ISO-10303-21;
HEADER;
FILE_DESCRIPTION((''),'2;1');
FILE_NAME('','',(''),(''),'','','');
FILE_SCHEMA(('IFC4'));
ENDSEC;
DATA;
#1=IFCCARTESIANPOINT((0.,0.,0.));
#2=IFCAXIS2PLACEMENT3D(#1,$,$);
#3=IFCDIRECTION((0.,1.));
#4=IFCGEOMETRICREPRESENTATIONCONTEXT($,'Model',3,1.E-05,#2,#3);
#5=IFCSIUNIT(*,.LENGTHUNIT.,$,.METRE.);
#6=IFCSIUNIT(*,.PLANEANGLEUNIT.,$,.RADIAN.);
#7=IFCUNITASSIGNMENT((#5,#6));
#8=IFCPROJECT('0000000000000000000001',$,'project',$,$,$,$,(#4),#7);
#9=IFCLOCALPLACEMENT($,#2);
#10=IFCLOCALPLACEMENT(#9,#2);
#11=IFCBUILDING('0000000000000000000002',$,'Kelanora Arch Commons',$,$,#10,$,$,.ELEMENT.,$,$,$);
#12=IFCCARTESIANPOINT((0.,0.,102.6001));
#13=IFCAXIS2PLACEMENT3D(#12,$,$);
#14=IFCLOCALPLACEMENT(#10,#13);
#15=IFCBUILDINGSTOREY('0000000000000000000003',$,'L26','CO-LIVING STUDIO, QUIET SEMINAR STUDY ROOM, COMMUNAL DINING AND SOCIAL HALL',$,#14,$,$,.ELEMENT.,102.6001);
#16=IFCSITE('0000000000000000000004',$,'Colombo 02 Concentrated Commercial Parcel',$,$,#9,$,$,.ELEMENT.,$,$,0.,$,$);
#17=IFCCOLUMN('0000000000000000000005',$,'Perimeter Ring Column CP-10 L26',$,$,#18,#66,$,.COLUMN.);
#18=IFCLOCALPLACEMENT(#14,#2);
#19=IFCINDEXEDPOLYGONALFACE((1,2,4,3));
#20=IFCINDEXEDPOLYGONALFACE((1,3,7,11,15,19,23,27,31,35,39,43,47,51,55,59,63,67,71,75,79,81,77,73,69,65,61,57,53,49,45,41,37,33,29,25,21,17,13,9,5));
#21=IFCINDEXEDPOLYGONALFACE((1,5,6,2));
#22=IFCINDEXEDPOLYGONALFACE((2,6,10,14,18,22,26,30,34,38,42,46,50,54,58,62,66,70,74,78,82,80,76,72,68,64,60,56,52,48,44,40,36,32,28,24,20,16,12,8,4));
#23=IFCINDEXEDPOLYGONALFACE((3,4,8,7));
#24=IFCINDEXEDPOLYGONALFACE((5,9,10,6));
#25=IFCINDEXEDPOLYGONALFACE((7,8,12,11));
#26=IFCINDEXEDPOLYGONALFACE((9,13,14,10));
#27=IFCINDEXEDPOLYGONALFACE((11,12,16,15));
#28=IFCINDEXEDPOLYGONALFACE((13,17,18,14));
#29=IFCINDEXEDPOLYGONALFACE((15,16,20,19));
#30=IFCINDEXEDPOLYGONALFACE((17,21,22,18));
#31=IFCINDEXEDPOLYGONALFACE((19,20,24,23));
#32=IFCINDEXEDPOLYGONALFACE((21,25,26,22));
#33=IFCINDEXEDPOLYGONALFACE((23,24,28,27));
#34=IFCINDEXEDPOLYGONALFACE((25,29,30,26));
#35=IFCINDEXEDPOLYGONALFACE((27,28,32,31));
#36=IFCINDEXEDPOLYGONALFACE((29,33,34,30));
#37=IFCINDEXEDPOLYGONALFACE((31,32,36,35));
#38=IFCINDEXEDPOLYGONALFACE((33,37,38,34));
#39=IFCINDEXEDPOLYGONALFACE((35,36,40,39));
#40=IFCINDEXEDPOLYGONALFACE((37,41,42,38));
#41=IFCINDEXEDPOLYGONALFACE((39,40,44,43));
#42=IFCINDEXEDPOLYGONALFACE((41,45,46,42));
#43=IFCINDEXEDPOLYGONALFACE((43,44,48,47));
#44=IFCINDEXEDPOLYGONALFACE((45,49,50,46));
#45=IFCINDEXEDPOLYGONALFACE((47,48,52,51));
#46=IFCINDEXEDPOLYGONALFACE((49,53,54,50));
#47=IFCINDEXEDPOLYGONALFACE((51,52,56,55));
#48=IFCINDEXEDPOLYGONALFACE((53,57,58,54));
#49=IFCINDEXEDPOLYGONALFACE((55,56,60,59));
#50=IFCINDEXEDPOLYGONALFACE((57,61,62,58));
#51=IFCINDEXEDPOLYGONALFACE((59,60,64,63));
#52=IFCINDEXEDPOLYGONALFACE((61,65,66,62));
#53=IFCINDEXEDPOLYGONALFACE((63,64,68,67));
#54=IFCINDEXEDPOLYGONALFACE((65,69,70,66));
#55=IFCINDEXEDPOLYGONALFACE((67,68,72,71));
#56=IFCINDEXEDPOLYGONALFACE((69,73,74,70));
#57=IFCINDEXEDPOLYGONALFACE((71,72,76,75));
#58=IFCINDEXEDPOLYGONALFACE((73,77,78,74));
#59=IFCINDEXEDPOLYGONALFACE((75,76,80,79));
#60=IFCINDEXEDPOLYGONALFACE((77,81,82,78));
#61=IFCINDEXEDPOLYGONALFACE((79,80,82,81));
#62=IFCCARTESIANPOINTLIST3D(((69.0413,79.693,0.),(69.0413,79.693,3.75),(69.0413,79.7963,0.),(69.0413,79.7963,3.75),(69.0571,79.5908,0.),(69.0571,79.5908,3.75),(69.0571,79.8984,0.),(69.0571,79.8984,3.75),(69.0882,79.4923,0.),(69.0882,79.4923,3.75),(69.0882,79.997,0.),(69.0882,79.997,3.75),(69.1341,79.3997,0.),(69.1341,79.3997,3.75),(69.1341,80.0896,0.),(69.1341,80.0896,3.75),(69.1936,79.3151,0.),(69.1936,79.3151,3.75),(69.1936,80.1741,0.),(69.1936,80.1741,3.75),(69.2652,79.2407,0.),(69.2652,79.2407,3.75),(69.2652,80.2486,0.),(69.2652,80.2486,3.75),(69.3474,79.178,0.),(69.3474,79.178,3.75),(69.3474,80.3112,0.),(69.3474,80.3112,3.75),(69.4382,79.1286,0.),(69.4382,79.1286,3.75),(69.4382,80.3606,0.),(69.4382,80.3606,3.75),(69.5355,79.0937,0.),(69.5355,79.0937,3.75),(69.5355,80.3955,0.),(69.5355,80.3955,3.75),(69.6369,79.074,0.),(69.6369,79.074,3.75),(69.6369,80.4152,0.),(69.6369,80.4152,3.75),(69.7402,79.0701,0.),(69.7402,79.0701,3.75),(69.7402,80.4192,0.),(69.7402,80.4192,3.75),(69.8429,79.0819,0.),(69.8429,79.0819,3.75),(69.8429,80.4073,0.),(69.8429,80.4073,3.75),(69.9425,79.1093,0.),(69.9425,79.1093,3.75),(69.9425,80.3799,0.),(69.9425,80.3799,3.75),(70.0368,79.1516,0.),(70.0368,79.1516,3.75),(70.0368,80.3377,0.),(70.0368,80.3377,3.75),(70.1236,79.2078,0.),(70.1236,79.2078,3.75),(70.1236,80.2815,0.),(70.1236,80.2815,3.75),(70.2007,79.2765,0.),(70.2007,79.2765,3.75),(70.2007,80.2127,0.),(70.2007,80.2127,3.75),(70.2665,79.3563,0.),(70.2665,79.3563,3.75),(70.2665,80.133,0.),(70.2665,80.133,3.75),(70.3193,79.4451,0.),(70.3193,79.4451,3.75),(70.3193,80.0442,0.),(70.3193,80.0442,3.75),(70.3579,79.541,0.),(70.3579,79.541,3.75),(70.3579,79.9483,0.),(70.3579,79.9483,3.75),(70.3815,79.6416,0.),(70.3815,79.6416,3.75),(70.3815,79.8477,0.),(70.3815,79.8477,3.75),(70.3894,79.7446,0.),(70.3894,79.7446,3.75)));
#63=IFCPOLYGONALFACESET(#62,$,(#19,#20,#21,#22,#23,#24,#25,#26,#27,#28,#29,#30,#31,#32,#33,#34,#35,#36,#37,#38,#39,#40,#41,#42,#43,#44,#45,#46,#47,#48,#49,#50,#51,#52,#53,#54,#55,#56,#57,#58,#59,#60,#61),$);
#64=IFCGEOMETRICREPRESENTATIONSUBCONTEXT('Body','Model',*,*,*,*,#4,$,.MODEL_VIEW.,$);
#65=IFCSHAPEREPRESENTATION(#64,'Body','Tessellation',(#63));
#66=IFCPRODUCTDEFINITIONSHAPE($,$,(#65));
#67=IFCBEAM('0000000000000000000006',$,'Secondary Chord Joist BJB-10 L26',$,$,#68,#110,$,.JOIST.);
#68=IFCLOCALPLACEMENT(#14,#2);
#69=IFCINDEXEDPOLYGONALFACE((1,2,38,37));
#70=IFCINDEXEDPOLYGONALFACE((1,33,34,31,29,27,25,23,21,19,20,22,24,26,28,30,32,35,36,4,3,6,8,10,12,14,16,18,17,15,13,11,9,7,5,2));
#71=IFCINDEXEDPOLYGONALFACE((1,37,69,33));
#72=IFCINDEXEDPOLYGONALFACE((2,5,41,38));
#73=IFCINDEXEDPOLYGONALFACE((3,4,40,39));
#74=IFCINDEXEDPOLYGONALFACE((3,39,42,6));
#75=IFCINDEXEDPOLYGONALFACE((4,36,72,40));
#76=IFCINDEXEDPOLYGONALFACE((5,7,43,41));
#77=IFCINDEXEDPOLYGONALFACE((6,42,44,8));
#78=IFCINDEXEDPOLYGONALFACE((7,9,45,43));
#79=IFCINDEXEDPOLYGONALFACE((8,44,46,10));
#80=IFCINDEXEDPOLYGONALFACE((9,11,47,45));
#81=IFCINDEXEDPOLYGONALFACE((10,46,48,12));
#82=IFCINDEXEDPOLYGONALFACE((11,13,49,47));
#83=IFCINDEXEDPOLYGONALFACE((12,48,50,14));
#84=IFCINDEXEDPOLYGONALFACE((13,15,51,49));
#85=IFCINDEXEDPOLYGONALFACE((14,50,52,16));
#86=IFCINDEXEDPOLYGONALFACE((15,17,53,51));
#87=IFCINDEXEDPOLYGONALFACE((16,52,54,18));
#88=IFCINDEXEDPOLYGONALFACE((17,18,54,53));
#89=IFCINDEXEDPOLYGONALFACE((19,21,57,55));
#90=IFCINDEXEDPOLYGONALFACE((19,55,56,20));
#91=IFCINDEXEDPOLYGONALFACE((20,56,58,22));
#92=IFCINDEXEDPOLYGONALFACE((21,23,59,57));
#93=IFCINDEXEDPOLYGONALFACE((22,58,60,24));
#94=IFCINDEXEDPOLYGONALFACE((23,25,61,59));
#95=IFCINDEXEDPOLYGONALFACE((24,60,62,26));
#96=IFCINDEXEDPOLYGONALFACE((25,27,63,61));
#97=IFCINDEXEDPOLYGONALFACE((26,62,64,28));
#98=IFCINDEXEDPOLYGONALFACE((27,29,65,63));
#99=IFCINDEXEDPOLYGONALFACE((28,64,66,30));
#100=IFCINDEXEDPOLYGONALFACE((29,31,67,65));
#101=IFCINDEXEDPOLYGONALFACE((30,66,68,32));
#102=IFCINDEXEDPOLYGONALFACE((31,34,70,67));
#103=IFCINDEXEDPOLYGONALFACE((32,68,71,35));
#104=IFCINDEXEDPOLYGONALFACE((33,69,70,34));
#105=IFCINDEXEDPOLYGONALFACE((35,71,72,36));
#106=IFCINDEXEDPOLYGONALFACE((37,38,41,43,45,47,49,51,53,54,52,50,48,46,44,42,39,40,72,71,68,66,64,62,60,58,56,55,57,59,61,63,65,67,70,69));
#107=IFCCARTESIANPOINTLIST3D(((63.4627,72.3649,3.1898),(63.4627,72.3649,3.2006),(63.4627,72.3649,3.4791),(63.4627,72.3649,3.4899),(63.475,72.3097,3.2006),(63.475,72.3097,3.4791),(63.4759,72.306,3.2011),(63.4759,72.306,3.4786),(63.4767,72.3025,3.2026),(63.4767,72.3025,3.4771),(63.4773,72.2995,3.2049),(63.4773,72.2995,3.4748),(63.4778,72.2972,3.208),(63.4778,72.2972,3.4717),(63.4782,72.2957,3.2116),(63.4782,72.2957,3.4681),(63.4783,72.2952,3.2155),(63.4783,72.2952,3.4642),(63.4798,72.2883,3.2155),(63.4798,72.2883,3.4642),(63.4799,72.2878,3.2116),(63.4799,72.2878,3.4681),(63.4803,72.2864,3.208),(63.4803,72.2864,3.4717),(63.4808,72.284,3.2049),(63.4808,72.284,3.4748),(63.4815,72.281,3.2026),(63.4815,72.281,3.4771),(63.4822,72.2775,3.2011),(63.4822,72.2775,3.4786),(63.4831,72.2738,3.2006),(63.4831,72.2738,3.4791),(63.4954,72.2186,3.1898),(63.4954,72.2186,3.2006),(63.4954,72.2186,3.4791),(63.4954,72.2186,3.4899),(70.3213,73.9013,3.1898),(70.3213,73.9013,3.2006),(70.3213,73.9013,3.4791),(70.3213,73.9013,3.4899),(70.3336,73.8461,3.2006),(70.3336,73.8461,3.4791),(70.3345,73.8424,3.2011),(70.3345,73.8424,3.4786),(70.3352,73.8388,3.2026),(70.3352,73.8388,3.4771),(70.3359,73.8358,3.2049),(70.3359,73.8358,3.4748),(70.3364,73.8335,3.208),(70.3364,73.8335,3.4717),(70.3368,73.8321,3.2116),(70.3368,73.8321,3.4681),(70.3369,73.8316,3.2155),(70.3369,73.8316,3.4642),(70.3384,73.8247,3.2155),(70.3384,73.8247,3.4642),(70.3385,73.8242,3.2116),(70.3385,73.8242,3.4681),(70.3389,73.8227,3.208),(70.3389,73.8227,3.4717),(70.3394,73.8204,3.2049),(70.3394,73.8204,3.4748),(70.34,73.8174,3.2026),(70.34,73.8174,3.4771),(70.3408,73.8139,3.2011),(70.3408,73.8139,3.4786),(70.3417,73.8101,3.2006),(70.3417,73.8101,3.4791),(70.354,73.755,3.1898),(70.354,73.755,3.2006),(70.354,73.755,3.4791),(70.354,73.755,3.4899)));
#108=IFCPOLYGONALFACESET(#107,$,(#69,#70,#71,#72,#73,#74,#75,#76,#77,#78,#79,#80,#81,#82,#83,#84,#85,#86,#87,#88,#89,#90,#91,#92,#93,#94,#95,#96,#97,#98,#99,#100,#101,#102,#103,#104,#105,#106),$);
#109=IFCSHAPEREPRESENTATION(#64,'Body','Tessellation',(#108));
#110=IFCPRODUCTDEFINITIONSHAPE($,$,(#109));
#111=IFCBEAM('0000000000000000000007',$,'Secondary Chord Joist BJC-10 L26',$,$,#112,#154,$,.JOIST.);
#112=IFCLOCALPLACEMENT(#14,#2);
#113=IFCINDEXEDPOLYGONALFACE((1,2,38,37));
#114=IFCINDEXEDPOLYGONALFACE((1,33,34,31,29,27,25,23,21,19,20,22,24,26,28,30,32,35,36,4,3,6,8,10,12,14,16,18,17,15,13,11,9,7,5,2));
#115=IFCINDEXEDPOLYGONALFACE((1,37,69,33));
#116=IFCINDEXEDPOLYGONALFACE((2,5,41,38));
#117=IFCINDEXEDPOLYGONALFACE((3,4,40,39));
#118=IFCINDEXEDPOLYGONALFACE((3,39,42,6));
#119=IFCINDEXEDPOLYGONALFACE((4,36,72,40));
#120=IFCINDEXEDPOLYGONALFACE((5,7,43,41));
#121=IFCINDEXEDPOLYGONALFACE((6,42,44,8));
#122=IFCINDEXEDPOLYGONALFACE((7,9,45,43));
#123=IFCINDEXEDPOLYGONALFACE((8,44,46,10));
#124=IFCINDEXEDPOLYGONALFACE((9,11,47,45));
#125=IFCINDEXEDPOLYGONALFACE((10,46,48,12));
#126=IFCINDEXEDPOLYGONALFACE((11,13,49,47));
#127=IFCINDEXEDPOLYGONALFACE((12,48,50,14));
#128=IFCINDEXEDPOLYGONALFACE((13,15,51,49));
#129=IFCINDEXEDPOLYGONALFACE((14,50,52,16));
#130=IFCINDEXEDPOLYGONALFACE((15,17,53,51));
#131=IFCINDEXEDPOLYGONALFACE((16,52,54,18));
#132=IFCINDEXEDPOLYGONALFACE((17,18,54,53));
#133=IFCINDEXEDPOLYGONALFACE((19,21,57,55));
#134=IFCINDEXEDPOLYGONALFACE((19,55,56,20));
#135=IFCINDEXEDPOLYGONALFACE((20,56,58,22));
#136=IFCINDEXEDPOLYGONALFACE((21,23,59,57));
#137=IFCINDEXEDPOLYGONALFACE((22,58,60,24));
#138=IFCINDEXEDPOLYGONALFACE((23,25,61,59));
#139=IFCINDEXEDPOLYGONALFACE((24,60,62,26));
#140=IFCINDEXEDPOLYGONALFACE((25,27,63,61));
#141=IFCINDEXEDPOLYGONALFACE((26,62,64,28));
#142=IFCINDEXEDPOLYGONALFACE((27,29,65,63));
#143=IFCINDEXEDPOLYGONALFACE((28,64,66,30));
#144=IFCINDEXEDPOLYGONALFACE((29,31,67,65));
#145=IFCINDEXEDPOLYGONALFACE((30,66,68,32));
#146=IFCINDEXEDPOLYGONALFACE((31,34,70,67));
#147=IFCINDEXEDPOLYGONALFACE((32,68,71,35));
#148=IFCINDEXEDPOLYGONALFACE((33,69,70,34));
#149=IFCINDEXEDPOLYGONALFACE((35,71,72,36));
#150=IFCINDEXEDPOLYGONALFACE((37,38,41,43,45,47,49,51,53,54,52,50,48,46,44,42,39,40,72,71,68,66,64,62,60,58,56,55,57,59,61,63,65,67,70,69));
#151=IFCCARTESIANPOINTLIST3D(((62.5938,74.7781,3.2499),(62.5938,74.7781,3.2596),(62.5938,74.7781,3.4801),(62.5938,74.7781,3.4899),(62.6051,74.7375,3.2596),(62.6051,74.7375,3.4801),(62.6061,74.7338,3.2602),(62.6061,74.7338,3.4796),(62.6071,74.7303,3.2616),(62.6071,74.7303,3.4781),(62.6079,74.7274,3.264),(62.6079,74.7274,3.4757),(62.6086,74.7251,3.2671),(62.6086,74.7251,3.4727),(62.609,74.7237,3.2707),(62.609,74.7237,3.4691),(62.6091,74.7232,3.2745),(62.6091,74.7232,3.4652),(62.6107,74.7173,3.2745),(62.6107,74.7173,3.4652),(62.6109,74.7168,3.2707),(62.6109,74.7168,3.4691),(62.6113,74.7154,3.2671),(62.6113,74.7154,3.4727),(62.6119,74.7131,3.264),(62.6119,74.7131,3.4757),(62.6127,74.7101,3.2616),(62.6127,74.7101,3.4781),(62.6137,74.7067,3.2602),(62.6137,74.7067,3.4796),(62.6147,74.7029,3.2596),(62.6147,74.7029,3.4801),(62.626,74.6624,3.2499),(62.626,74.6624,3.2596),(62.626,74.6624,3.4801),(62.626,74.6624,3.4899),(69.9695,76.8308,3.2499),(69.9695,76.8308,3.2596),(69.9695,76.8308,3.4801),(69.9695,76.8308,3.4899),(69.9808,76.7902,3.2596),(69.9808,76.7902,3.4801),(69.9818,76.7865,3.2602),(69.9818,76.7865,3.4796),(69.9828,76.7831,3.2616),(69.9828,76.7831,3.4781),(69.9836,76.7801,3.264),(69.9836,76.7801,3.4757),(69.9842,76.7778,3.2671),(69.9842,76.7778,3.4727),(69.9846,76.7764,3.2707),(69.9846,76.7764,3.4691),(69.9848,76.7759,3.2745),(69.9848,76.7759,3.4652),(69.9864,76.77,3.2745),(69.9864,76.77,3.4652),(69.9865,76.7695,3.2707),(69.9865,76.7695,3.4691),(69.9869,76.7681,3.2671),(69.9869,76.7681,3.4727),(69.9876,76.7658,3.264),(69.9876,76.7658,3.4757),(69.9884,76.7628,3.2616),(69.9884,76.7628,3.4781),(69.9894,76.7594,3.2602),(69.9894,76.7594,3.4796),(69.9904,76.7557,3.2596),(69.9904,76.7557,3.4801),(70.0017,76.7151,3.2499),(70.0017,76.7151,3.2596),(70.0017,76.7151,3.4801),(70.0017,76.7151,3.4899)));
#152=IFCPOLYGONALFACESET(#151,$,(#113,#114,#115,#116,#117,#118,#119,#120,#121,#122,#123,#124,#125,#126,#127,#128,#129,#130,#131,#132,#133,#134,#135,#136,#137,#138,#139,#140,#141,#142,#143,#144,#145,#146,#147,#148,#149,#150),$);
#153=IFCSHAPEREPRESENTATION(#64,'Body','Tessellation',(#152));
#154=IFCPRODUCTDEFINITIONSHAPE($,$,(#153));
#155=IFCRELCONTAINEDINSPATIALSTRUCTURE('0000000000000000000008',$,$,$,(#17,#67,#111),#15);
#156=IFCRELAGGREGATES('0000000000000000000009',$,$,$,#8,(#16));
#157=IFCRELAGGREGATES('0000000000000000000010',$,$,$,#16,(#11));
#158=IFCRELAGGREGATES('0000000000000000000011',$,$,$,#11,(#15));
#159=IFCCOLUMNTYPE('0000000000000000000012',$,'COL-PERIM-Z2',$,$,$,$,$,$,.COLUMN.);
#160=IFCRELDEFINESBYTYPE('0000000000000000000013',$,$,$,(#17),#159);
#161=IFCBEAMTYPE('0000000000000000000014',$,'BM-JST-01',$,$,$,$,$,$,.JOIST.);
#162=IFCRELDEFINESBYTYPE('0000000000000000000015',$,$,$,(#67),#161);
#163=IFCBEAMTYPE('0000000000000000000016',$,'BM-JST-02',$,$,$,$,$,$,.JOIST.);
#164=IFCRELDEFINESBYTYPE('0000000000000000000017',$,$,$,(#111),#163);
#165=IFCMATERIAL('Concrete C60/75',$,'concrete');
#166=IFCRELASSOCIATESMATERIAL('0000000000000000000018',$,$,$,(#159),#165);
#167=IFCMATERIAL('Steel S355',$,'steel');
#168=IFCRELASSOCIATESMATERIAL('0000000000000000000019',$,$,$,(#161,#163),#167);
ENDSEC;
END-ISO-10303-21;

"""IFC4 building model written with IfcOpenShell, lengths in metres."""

from ifc_helpers import new_model, si_unit, direction, frame, origin, origin_2d, place, context, subcontext, project, spatial, circle, i_section, extrude, material, material_profile, profile_set, type_object, element, save


model = new_model("IFC4")

# Units and contexts
model_context = context("Model", 3, precision=1e-05, world=origin(), true_north=direction((0.0, 1.0)))
body_context = subcontext(model_context, "Body", "Model", "MODEL_VIEW")
ifc_project = project(units=[si_unit("LENGTHUNIT", "METRE"), si_unit("PLANEANGLEUNIT", "RADIAN")], contexts=[model_context])

# Site, building, storey
site_placement = place(None, origin())
site = spatial("IfcSite", under=ifc_project, at=site_placement, Name="Colombo 02 Concentrated Commercial Parcel", CompositionType="ELEMENT", RefElevation=0.0)
building_placement = place(site_placement, origin())
building = spatial("IfcBuilding", under=site, at=building_placement, Name="Kelanora Arch Commons", CompositionType="ELEMENT")
storey_placement = place(building_placement, frame((0.0, 0.0, 102.6001)))
storey = spatial("IfcBuildingStorey", under=building, at=storey_placement, Name="L26", Description="CO-LIVING STUDIO, QUIET SEMINAR STUDY ROOM, COMMUNAL DINING AND SOCIAL HALL", CompositionType="ELEMENT", Elevation=102.6001)

# Column
ifc_material_1 = material(Name="Concrete C60/75", Category="concrete")
ifc_material_profile_1 = material_profile(ifc_material_1, circle(Radius=0.675, at=origin_2d()), Name="RCC1350")
ifc_profile_set_1 = profile_set([ifc_material_profile_1], Name="Concrete C60/75")
column_type = type_object("IfcColumnType", Name="COL-PERIM-Z2", PredefinedType="COLUMN", material=ifc_profile_set_1)
column_placement = place(storey_placement, frame((69.7144, 79.7446, 0.0), z_axis=(0.0, 0.0, 1.0), x_axis=(1.0, 0.0, 0.0)))
element("IfcColumn", 1, at=column_placement, inside=storey, type_object=column_type, Name="Perimeter Ring Column CP-10 L26", PredefinedType="COLUMN", context=body_context, shape_type="SweptSolid", body=[
    extrude(circle(Radius=0.675, at=origin_2d()), origin(), (0.0, 0.0, 1.0), 3.75),
])

# Beams
ifc_material_2 = material(Name="Steel S355", Category="steel")
ifc_material_profile_2 = material_profile(ifc_material_2, i_section(OverallWidth=0.1499, OverallDepth=0.3, WebThickness=0.0071, FlangeThickness=0.0107, FilletRadius=0.0149, at=origin_2d()), Name="IPE300")
ifc_profile_set_2 = profile_set([ifc_material_profile_2], Name="Steel S355")
beam_type_1 = type_object("IfcBeamType", Name="BM-JST-01", PredefinedType="JOIST", material=ifc_profile_set_2)
beam_1_placement = place(storey_placement, frame((70.3376, 73.8281, 3.3398), z_axis=(-0.975817, -0.218589, 0.0), x_axis=(0.218589, -0.975817, 0.0)))
element("IfcBeam", 2, at=beam_1_placement, inside=storey, type_object=beam_type_1, Name="Secondary Chord Joist BJB-10 L26", PredefinedType="JOIST", context=body_context, shape_type="SweptSolid", body=[
    extrude(i_section(OverallWidth=0.1499, OverallDepth=0.3, WebThickness=0.0071, FlangeThickness=0.0107, FilletRadius=0.0149, at=origin_2d()), origin(), (0.0, 0.0, 1.0), 7.0286),
])
ifc_material_profile_3 = material_profile(ifc_material_2, i_section(OverallWidth=0.1201, OverallDepth=0.24, WebThickness=0.0061, FlangeThickness=0.0098, FilletRadius=0.0149, at=origin_2d()), Name="IPE240")
ifc_profile_set_3 = profile_set([ifc_material_profile_3], Name="Steel S355")
beam_type_2 = type_object("IfcBeamType", Name="BM-JST-02", PredefinedType="JOIST", material=ifc_profile_set_3)
beam_2_placement = place(storey_placement, frame((69.9856, 76.7729, 3.3699), z_axis=(-0.963386, -0.268119, 0.0), x_axis=(0.268119, -0.963386, 0.0)))
element("IfcBeam", 3, at=beam_2_placement, inside=storey, type_object=beam_type_2, Name="Secondary Chord Joist BJC-10 L26", PredefinedType="JOIST", context=body_context, shape_type="SweptSolid", body=[
    extrude(i_section(OverallWidth=0.1201, OverallDepth=0.24, WebThickness=0.0061, FlangeThickness=0.0098, FilletRadius=0.0149, at=origin_2d()), origin(), (0.0, 0.0, 1.0), 7.656),
])

save(model, "model.ifc")
